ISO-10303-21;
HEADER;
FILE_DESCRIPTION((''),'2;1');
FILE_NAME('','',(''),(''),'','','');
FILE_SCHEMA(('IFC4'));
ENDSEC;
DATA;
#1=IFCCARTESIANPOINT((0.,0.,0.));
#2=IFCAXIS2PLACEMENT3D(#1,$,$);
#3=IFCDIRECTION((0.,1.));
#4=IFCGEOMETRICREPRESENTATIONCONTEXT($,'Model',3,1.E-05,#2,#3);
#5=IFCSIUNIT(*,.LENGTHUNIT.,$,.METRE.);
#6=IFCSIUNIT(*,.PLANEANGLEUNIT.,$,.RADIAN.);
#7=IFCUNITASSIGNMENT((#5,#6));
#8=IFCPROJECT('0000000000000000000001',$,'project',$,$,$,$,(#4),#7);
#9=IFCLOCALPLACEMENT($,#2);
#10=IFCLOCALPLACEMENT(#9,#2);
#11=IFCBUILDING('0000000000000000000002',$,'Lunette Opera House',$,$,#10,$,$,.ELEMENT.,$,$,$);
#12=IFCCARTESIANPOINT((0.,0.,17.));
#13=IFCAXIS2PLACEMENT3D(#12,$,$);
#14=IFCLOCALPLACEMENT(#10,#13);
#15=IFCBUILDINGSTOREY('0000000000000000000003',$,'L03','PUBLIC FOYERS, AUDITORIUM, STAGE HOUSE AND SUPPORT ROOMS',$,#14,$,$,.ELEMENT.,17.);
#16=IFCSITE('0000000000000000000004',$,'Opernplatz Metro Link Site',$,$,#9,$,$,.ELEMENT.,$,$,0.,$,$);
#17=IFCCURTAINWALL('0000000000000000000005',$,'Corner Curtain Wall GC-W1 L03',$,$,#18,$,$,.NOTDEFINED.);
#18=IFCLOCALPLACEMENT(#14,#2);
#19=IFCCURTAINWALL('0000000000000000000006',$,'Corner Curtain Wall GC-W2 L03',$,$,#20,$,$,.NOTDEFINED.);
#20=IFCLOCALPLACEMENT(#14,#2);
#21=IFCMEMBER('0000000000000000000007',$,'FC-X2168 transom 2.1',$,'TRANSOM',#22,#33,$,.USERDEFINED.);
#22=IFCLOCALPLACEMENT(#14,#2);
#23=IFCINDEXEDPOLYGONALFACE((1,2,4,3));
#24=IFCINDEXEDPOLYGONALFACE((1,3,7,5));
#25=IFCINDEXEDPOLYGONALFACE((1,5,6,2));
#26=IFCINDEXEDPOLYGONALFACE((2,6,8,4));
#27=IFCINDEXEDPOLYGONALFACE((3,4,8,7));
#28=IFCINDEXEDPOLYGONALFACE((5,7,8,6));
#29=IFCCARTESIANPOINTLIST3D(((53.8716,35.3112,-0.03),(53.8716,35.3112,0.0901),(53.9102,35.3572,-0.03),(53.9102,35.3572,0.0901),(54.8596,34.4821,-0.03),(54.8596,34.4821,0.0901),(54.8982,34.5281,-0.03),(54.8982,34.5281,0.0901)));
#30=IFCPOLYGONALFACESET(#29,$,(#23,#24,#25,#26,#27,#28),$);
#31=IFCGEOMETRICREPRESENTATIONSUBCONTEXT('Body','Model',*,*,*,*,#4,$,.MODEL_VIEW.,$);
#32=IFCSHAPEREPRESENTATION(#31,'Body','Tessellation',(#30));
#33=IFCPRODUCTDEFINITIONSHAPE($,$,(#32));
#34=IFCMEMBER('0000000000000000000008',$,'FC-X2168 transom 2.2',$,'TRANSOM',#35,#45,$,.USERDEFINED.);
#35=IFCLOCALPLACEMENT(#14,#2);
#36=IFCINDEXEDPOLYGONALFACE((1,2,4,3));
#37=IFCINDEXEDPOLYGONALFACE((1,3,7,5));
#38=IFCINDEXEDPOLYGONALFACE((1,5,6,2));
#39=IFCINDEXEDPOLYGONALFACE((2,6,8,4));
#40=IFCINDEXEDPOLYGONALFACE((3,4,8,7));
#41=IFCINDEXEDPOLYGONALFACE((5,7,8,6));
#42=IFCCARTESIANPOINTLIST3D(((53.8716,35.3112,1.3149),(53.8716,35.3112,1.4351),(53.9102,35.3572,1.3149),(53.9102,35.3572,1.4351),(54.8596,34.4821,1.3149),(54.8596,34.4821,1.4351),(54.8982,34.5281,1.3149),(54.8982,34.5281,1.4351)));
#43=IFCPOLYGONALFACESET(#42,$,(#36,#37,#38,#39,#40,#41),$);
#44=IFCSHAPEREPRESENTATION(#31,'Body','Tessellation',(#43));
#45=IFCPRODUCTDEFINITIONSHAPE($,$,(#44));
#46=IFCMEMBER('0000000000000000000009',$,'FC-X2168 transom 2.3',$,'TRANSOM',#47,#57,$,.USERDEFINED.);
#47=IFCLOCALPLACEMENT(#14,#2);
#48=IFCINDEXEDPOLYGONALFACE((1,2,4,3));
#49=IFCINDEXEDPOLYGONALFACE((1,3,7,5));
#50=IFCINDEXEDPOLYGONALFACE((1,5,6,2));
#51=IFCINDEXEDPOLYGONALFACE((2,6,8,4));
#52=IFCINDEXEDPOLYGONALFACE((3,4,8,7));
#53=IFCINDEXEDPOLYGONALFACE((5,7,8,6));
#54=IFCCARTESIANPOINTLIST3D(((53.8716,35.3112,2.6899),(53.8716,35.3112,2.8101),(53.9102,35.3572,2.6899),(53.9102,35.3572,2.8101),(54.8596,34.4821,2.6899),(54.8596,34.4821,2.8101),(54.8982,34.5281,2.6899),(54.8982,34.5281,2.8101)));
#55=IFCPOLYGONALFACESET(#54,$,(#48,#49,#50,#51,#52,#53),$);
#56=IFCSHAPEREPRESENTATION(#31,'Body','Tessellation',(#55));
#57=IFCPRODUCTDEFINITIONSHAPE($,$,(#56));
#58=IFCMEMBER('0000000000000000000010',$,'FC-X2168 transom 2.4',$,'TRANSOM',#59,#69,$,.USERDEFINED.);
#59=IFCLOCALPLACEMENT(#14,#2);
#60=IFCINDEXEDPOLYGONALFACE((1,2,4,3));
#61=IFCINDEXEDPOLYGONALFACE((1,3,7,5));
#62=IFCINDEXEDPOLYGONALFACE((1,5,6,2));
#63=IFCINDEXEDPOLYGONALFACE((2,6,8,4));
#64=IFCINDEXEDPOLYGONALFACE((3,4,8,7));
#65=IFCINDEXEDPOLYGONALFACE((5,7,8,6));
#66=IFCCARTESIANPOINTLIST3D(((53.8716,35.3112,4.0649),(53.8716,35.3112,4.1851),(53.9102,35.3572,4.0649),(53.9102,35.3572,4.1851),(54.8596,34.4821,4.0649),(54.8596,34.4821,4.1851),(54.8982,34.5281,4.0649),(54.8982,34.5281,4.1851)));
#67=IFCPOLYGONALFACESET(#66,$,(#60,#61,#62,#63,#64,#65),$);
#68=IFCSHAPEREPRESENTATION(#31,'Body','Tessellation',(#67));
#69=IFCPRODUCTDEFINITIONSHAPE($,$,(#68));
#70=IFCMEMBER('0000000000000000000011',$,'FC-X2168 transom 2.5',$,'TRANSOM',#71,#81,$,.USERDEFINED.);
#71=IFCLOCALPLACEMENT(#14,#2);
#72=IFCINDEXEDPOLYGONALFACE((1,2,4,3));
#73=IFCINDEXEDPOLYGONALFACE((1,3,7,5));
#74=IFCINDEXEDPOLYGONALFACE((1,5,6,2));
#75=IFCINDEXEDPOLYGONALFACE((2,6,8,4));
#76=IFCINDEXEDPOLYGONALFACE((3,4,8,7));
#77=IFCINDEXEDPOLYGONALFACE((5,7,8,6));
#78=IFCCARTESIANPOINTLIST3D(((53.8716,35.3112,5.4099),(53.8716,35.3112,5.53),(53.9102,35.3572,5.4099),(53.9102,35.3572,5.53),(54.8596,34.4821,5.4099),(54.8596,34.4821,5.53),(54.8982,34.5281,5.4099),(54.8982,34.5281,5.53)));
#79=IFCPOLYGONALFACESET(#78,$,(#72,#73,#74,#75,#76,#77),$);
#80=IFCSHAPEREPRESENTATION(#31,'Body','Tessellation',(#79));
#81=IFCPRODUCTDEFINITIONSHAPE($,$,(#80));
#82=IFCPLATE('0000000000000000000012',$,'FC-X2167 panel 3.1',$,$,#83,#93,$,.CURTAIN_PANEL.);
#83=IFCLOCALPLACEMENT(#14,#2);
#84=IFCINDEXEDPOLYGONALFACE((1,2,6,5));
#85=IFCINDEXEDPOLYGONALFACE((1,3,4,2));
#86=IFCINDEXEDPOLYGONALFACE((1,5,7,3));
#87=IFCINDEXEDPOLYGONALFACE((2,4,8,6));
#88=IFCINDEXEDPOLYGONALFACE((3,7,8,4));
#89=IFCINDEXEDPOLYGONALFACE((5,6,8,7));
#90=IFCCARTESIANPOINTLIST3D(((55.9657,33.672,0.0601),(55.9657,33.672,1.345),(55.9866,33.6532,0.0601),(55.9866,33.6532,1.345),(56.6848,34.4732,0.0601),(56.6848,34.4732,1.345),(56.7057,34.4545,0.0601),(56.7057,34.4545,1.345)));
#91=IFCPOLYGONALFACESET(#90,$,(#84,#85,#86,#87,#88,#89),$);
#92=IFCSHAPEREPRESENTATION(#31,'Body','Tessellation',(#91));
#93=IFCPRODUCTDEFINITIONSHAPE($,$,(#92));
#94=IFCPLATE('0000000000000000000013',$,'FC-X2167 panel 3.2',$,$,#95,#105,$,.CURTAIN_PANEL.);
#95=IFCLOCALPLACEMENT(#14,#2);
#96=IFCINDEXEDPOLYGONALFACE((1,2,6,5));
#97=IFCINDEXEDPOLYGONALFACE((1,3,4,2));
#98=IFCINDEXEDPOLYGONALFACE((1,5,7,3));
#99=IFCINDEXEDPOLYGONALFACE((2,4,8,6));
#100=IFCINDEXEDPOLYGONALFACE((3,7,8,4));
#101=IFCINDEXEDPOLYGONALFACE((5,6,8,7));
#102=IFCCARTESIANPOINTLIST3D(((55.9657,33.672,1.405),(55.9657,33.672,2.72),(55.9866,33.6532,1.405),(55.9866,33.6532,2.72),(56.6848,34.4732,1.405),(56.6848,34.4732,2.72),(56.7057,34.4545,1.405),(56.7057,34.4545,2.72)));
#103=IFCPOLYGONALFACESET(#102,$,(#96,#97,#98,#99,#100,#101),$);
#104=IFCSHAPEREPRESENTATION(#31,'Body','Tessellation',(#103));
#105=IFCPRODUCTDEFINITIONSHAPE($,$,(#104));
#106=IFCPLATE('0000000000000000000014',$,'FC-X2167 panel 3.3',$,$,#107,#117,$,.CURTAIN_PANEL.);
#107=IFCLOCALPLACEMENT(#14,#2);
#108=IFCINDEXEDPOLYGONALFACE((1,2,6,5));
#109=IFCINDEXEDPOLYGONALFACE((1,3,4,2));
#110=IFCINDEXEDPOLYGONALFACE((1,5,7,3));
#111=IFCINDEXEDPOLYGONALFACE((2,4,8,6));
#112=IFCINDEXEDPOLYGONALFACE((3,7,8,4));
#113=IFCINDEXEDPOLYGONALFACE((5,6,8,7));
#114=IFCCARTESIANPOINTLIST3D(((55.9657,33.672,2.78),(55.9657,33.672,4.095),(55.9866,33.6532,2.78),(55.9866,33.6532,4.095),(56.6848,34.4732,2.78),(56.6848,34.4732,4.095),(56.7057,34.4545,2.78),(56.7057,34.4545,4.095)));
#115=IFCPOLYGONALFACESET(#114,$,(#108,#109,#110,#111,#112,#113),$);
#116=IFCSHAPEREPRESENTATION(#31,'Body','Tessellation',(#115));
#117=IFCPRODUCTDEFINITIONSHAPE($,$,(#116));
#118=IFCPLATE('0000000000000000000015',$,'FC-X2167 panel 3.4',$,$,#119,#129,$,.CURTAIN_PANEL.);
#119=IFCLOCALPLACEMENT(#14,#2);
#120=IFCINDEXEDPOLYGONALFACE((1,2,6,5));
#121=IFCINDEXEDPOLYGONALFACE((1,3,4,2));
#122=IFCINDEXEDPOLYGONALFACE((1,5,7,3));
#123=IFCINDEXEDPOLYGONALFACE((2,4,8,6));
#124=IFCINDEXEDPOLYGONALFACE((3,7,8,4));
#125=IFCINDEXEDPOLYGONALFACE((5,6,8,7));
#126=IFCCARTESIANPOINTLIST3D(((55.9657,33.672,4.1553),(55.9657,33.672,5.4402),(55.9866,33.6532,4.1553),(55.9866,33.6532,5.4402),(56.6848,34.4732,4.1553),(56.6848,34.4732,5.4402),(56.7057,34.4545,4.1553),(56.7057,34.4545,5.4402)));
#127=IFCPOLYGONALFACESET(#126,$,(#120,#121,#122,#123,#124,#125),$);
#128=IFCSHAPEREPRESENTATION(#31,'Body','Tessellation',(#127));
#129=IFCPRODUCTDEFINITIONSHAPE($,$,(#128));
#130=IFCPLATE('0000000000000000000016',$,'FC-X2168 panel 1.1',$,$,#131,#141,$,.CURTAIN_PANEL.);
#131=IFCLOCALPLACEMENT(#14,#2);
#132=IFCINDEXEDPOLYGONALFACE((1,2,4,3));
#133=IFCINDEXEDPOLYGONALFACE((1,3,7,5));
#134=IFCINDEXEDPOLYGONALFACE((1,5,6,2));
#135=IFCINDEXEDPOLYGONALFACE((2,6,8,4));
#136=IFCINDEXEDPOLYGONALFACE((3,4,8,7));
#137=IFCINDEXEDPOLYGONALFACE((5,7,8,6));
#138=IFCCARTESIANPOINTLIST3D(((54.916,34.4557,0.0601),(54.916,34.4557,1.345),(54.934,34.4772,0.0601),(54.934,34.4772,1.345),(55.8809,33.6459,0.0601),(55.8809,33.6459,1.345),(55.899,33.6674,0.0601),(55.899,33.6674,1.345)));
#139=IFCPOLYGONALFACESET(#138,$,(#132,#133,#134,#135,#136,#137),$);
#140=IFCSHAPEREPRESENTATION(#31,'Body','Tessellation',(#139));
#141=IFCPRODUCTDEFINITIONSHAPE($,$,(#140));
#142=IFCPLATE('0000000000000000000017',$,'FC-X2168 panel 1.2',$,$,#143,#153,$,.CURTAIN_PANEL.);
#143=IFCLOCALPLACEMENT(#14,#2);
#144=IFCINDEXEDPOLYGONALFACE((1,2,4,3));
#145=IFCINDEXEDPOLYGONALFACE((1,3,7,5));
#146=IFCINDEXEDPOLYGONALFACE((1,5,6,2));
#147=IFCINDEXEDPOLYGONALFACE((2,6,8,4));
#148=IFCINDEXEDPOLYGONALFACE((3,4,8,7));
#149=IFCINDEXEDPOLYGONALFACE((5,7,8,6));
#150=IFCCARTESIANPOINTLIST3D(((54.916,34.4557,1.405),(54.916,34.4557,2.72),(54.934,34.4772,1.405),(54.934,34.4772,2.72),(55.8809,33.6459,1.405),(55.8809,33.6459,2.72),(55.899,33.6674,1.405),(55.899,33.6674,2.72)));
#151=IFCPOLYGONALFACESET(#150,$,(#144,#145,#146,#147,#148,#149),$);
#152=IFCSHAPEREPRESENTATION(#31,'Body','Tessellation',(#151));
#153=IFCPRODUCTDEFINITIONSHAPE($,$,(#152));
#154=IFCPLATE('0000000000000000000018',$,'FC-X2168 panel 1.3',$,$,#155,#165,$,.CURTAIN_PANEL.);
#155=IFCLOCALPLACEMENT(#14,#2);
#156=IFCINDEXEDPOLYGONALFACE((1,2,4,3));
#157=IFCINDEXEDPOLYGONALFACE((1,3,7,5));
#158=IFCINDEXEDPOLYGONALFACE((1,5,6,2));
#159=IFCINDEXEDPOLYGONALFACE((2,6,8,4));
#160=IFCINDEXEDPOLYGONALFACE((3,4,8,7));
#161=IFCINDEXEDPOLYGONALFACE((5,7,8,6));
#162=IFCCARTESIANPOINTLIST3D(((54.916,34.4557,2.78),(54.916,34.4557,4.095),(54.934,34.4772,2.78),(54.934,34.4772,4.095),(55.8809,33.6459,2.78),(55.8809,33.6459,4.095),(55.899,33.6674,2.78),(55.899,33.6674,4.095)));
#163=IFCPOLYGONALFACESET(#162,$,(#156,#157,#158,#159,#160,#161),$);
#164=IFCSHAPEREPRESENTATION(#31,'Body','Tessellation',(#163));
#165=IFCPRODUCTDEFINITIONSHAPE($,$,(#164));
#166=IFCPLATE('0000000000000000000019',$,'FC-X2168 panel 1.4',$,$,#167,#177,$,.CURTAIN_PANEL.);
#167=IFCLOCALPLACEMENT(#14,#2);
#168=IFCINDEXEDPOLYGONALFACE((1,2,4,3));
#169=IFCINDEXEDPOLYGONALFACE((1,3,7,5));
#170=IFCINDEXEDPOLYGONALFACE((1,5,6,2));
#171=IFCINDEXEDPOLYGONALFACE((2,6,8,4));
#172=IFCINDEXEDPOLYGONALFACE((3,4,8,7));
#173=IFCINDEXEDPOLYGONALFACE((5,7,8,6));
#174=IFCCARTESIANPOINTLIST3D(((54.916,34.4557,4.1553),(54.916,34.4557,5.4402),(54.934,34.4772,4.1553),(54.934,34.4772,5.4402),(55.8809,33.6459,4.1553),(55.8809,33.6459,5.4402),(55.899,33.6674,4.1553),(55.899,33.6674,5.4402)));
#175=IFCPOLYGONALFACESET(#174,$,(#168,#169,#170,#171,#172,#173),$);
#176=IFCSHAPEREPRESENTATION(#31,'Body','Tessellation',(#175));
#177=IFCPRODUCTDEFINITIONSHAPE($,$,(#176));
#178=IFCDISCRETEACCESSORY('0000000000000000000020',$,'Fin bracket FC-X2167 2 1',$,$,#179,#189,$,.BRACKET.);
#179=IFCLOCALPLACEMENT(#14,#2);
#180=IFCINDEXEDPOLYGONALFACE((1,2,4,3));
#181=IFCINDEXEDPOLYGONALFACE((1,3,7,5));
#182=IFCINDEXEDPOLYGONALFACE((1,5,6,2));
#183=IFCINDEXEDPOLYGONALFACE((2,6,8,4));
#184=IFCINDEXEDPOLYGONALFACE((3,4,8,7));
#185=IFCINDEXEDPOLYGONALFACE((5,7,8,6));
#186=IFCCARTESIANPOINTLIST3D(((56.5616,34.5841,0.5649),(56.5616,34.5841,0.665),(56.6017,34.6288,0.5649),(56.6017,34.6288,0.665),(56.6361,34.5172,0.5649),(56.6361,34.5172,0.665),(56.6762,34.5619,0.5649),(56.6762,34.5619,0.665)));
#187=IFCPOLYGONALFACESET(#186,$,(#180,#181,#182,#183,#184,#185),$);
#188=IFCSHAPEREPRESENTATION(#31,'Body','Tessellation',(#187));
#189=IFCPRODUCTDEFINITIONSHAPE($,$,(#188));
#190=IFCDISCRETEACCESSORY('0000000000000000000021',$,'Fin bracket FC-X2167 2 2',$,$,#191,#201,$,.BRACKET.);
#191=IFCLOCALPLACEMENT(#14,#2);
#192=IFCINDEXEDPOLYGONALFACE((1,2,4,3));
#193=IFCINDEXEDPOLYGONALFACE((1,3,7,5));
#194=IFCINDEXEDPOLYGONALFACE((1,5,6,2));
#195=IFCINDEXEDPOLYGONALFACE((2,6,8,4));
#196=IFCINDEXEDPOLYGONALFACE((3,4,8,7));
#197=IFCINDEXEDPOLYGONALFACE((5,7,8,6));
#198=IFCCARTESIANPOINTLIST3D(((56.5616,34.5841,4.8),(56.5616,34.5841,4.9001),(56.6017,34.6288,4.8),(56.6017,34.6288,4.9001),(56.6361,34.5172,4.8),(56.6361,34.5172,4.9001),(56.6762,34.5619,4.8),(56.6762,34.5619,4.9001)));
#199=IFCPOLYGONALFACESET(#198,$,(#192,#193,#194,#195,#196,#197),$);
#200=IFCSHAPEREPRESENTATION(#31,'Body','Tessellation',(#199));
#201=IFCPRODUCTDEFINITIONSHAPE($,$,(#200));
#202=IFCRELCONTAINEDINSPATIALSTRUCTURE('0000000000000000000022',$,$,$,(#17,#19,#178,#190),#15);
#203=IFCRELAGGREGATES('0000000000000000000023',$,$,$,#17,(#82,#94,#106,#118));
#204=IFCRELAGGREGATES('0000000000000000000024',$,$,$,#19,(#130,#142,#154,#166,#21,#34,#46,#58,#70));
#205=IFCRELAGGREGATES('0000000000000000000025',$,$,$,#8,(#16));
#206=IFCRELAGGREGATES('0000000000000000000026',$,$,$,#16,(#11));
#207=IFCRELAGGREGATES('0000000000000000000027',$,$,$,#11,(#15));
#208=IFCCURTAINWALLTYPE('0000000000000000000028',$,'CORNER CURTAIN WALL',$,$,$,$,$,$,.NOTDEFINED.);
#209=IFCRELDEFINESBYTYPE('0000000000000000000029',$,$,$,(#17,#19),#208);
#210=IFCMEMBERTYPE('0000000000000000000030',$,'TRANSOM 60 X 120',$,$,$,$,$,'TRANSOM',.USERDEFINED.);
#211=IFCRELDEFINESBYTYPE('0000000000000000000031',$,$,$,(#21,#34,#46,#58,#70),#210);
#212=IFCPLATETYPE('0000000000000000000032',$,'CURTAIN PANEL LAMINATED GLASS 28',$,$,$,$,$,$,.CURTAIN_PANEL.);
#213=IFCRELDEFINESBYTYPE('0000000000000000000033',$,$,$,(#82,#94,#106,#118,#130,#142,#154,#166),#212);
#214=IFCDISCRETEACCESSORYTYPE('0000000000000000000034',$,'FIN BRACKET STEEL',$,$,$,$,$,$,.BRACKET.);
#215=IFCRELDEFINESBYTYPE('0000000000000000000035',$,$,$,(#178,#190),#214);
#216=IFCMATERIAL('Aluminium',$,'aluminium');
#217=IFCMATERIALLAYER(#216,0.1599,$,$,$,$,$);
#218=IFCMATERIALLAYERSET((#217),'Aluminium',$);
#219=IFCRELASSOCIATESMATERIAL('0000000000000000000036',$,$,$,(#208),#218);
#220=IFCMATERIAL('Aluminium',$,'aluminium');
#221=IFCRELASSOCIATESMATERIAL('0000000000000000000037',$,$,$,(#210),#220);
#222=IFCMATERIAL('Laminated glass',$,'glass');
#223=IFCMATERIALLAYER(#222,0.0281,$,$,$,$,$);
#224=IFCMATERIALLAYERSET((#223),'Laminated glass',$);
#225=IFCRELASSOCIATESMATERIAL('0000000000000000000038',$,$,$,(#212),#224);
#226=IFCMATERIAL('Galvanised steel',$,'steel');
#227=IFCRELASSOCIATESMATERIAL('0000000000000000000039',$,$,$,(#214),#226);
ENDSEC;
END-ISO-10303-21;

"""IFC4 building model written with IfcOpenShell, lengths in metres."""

from ifc_helpers import new_model, si_unit, direction, frame, origin, origin_2d, place, context, subcontext, project, spatial, rectangle, extrude, material, layer, layer_set, material_profile, profile_set, type_object, element, aggregate, save


model = new_model("IFC4")

# Units and contexts
model_context = context("Model", 3, precision=1e-05, world=origin(), true_north=direction((0.0, 1.0)))
body_context = subcontext(model_context, "Body", "Model", "MODEL_VIEW")
ifc_project = project(units=[si_unit("LENGTHUNIT", "METRE"), si_unit("PLANEANGLEUNIT", "RADIAN")], contexts=[model_context])

# Site, building, storey
site_placement = place(None, origin())
site = spatial("IfcSite", under=ifc_project, at=site_placement, Name="Opernplatz Metro Link Site", CompositionType="ELEMENT", RefElevation=0.0)
building_placement = place(site_placement, origin())
building = spatial("IfcBuilding", under=site, at=building_placement, Name="Lunette Opera House", CompositionType="ELEMENT")
storey_placement = place(building_placement, frame((0.0, 0.0, 17.0)))
storey = spatial("IfcBuildingStorey", under=building, at=storey_placement, Name="L03", Description="PUBLIC FOYERS, AUDITORIUM, STAGE HOUSE AND SUPPORT ROOMS", CompositionType="ELEMENT", Elevation=17.0)

# Curtain walls
ifc_material_1 = material(Name="Aluminium", Category="aluminium")
ifc_layer_1 = layer(ifc_material_1, 0.1599)
ifc_layer_set_1 = layer_set([ifc_layer_1], Name="Aluminium")
curtain_wall_type = type_object("IfcCurtainWallType", Name="CORNER CURTAIN WALL", PredefinedType="NOTDEFINED", material=ifc_layer_set_1)
curtain_wall_1_placement = place(storey_placement, origin())
curtain_wall_1 = element("IfcCurtainWall", 1, at=curtain_wall_1_placement, inside=storey, type_object=curtain_wall_type, Name="Corner Curtain Wall GC-W1 L03", PredefinedType="NOTDEFINED")
curtain_wall_2_placement = place(storey_placement, origin())
curtain_wall_2 = element("IfcCurtainWall", 2, at=curtain_wall_2_placement, inside=storey, type_object=curtain_wall_type, Name="Corner Curtain Wall GC-W2 L03", PredefinedType="NOTDEFINED")

# Members
ifc_material_2 = material(Name="Aluminium", Category="aluminium")
ifc_material_profile_1 = material_profile(ifc_material_2, rectangle(XDim=0.0601, YDim=0.1201, at=origin_2d()), Name="TRANSOM 60 X 120")
ifc_profile_set_1 = profile_set([ifc_material_profile_1], Name="Aluminium")
member_type_1 = type_object("IfcMemberType", Name="TRANSOM 60 X 120", ElementType="TRANSOM", PredefinedType="USERDEFINED", material=ifc_profile_set_1)
member_1_placement = place(storey_placement, frame((54.8789, 34.5051, 0.03), z_axis=(-0.766029, 0.642806, 0.0), x_axis=(-0.642806, -0.766029, 0.0)))
member_1 = element("IfcMember", 3, at=member_1_placement, type_object=member_type_1, Name="FC-X2168 transom 2.1", ObjectType="TRANSOM", PredefinedType="USERDEFINED", context=body_context, shape_type="SweptSolid", body=[
    extrude(rectangle(XDim=0.0601, YDim=0.1201, at=origin_2d()), origin(), (0.0, 0.0, 1.0), 1.2898),
])
member_2_placement = place(storey_placement, frame((54.8789, 34.5051, 1.375), z_axis=(-0.766029, 0.642806, 0.0), x_axis=(-0.642806, -0.766029, 0.0)))
member_2 = element("IfcMember", 4, at=member_2_placement, type_object=member_type_1, Name="FC-X2168 transom 2.2", ObjectType="TRANSOM", PredefinedType="USERDEFINED", context=body_context, shape_type="SweptSolid", body=[
    extrude(rectangle(XDim=0.0601, YDim=0.1201, at=origin_2d()), origin(), (0.0, 0.0, 1.0), 1.2898),
])
member_3_placement = place(storey_placement, frame((54.8789, 34.5051, 2.75), z_axis=(-0.766029, 0.642806, 0.0), x_axis=(-0.642806, -0.766029, 0.0)))
member_3 = element("IfcMember", 5, at=member_3_placement, type_object=member_type_1, Name="FC-X2168 transom 2.3", ObjectType="TRANSOM", PredefinedType="USERDEFINED", context=body_context, shape_type="SweptSolid", body=[
    extrude(rectangle(XDim=0.0601, YDim=0.1201, at=origin_2d()), origin(), (0.0, 0.0, 1.0), 1.2898),
])
member_4_placement = place(storey_placement, frame((54.8789, 34.5051, 4.125), z_axis=(-0.766029, 0.642806, 0.0), x_axis=(-0.642806, -0.766029, 0.0)))
member_4 = element("IfcMember", 6, at=member_4_placement, type_object=member_type_1, Name="FC-X2168 transom 2.4", ObjectType="TRANSOM", PredefinedType="USERDEFINED", context=body_context, shape_type="SweptSolid", body=[
    extrude(rectangle(XDim=0.0601, YDim=0.1201, at=origin_2d()), origin(), (0.0, 0.0, 1.0), 1.2898),
])
member_5_placement = place(storey_placement, frame((54.8789, 34.5051, 5.47), z_axis=(-0.766029, 0.642806, 0.0), x_axis=(-0.642806, -0.766029, 0.0)))
member_5 = element("IfcMember", 7, at=member_5_placement, type_object=member_type_1, Name="FC-X2168 transom 2.5", ObjectType="TRANSOM", PredefinedType="USERDEFINED", context=body_context, shape_type="SweptSolid", body=[
    extrude(rectangle(XDim=0.0601, YDim=0.1201, at=origin_2d()), origin(), (0.0, 0.0, 1.0), 1.2898),
])

# Plates
ifc_material_3 = material(Name="Laminated glass", Category="glass")
ifc_layer_2 = layer(ifc_material_3, 0.0281)
ifc_layer_set_2 = layer_set([ifc_layer_2], Name="Laminated glass")
plate_type = type_object("IfcPlateType", Name="CURTAIN PANEL LAMINATED GLASS 28", PredefinedType="CURTAIN_PANEL", material=ifc_layer_set_2)
plate_1_placement = place(storey_placement, frame((56.3357, 34.0632, 0.0601), z_axis=(0.0, 0.0, 1.0), x_axis=(-0.667938, -0.744217, 0.0)))
plate_1 = element("IfcPlate", 8, at=plate_1_placement, type_object=plate_type, Name="FC-X2167 panel 3.1", PredefinedType="CURTAIN_PANEL", context=body_context, shape_type="SweptSolid", body=[
    extrude(rectangle(XDim=1.0767, YDim=0.0281, at=origin_2d()), origin(), (0.0, 0.0, 1.0), 1.2849),
])
plate_2_placement = place(storey_placement, frame((56.3357, 34.0632, 1.405), z_axis=(0.0, 0.0, 1.0), x_axis=(-0.667938, -0.744217, 0.0)))
plate_2 = element("IfcPlate", 9, at=plate_2_placement, type_object=plate_type, Name="FC-X2167 panel 3.2", PredefinedType="CURTAIN_PANEL", context=body_context, shape_type="SweptSolid", body=[
    extrude(rectangle(XDim=1.0767, YDim=0.0281, at=origin_2d()), origin(), (0.0, 0.0, 1.0), 1.3149),
])
plate_3_placement = place(storey_placement, frame((56.3357, 34.0632, 2.78), z_axis=(0.0, 0.0, 1.0), x_axis=(-0.667938, -0.744217, 0.0)))
plate_3 = element("IfcPlate", 10, at=plate_3_placement, type_object=plate_type, Name="FC-X2167 panel 3.3", PredefinedType="CURTAIN_PANEL", context=body_context, shape_type="SweptSolid", body=[
    extrude(rectangle(XDim=1.0767, YDim=0.0281, at=origin_2d()), origin(), (0.0, 0.0, 1.0), 1.3149),
])
plate_4_placement = place(storey_placement, frame((56.3357, 34.0632, 4.1553), z_axis=(0.0, 0.0, 1.0), x_axis=(-0.667938, -0.744217, 0.0)))
plate_4 = element("IfcPlate", 11, at=plate_4_placement, type_object=plate_type, Name="FC-X2167 panel 3.4", PredefinedType="CURTAIN_PANEL", context=body_context, shape_type="SweptSolid", body=[
    extrude(rectangle(XDim=1.0767, YDim=0.0281, at=origin_2d()), origin(), (0.0, 0.0, 1.0), 1.2849),
])
aggregate(curtain_wall_1, [plate_1, plate_2, plate_3, plate_4])
plate_5_placement = place(storey_placement, frame((55.4075, 34.0615, 0.0601), z_axis=(0.0, 0.0, 1.0), x_axis=(-0.766, 0.64284, 0.0)))
plate_5 = element("IfcPlate", 12, at=plate_5_placement, type_object=plate_type, Name="FC-X2168 panel 1.1", PredefinedType="CURTAIN_PANEL", context=body_context, shape_type="SweptSolid", body=[
    extrude(rectangle(XDim=1.2598, YDim=0.0281, at=origin_2d()), origin(), (0.0, 0.0, 1.0), 1.2849),
])
plate_6_placement = place(storey_placement, frame((55.4075, 34.0615, 1.405), z_axis=(0.0, 0.0, 1.0), x_axis=(-0.766, 0.64284, 0.0)))
plate_6 = element("IfcPlate", 13, at=plate_6_placement, type_object=plate_type, Name="FC-X2168 panel 1.2", PredefinedType="CURTAIN_PANEL", context=body_context, shape_type="SweptSolid", body=[
    extrude(rectangle(XDim=1.2598, YDim=0.0281, at=origin_2d()), origin(), (0.0, 0.0, 1.0), 1.3149),
])
plate_7_placement = place(storey_placement, frame((55.4075, 34.0615, 2.78), z_axis=(0.0, 0.0, 1.0), x_axis=(-0.766, 0.64284, 0.0)))
plate_7 = element("IfcPlate", 14, at=plate_7_placement, type_object=plate_type, Name="FC-X2168 panel 1.3", PredefinedType="CURTAIN_PANEL", context=body_context, shape_type="SweptSolid", body=[
    extrude(rectangle(XDim=1.2598, YDim=0.0281, at=origin_2d()), origin(), (0.0, 0.0, 1.0), 1.3149),
])
plate_8_placement = place(storey_placement, frame((55.4075, 34.0615, 4.1553), z_axis=(0.0, 0.0, 1.0), x_axis=(-0.766, 0.64284, 0.0)))
plate_8 = element("IfcPlate", 15, at=plate_8_placement, type_object=plate_type, Name="FC-X2168 panel 1.4", PredefinedType="CURTAIN_PANEL", context=body_context, shape_type="SweptSolid", body=[
    extrude(rectangle(XDim=1.2598, YDim=0.0281, at=origin_2d()), origin(), (0.0, 0.0, 1.0), 1.2849),
])
aggregate(curtain_wall_2, [plate_5, plate_6, plate_7, plate_8, member_1, member_2, member_3, member_4, member_5])

# Discrete accessories
ifc_material_4 = material(Name="Galvanised steel", Category="steel")
discrete_accessory_type = type_object("IfcDiscreteAccessoryType", Name="FIN BRACKET STEEL", PredefinedType="BRACKET", material=ifc_material_4)
for number, where, z_axis, x_axis, name in (
    (16, (56.6189, 34.573, 0.5649), (0.0, 0.0, 1.0), (-0.744217, 0.667938, 0.0), "Fin bracket FC-X2167 2 1"),
    (17, (56.6189, 34.573, 4.8), (0.0, 0.0, 1.0), (-0.744217, 0.667938, 0.0), "Fin bracket FC-X2167 2 2"),
):
    element("IfcDiscreteAccessory", number, at=place(storey_placement, frame(where, z_axis=z_axis, x_axis=x_axis)), inside=storey, type_object=discrete_accessory_type, Name=name, PredefinedType="BRACKET", context=body_context, shape_type="SweptSolid", body=[
        extrude(rectangle(XDim=0.1001, YDim=0.0601, at=origin_2d()), origin(), (0.0, 0.0, 1.0), 0.1001),
    ])

save(model, "model.ifc")
